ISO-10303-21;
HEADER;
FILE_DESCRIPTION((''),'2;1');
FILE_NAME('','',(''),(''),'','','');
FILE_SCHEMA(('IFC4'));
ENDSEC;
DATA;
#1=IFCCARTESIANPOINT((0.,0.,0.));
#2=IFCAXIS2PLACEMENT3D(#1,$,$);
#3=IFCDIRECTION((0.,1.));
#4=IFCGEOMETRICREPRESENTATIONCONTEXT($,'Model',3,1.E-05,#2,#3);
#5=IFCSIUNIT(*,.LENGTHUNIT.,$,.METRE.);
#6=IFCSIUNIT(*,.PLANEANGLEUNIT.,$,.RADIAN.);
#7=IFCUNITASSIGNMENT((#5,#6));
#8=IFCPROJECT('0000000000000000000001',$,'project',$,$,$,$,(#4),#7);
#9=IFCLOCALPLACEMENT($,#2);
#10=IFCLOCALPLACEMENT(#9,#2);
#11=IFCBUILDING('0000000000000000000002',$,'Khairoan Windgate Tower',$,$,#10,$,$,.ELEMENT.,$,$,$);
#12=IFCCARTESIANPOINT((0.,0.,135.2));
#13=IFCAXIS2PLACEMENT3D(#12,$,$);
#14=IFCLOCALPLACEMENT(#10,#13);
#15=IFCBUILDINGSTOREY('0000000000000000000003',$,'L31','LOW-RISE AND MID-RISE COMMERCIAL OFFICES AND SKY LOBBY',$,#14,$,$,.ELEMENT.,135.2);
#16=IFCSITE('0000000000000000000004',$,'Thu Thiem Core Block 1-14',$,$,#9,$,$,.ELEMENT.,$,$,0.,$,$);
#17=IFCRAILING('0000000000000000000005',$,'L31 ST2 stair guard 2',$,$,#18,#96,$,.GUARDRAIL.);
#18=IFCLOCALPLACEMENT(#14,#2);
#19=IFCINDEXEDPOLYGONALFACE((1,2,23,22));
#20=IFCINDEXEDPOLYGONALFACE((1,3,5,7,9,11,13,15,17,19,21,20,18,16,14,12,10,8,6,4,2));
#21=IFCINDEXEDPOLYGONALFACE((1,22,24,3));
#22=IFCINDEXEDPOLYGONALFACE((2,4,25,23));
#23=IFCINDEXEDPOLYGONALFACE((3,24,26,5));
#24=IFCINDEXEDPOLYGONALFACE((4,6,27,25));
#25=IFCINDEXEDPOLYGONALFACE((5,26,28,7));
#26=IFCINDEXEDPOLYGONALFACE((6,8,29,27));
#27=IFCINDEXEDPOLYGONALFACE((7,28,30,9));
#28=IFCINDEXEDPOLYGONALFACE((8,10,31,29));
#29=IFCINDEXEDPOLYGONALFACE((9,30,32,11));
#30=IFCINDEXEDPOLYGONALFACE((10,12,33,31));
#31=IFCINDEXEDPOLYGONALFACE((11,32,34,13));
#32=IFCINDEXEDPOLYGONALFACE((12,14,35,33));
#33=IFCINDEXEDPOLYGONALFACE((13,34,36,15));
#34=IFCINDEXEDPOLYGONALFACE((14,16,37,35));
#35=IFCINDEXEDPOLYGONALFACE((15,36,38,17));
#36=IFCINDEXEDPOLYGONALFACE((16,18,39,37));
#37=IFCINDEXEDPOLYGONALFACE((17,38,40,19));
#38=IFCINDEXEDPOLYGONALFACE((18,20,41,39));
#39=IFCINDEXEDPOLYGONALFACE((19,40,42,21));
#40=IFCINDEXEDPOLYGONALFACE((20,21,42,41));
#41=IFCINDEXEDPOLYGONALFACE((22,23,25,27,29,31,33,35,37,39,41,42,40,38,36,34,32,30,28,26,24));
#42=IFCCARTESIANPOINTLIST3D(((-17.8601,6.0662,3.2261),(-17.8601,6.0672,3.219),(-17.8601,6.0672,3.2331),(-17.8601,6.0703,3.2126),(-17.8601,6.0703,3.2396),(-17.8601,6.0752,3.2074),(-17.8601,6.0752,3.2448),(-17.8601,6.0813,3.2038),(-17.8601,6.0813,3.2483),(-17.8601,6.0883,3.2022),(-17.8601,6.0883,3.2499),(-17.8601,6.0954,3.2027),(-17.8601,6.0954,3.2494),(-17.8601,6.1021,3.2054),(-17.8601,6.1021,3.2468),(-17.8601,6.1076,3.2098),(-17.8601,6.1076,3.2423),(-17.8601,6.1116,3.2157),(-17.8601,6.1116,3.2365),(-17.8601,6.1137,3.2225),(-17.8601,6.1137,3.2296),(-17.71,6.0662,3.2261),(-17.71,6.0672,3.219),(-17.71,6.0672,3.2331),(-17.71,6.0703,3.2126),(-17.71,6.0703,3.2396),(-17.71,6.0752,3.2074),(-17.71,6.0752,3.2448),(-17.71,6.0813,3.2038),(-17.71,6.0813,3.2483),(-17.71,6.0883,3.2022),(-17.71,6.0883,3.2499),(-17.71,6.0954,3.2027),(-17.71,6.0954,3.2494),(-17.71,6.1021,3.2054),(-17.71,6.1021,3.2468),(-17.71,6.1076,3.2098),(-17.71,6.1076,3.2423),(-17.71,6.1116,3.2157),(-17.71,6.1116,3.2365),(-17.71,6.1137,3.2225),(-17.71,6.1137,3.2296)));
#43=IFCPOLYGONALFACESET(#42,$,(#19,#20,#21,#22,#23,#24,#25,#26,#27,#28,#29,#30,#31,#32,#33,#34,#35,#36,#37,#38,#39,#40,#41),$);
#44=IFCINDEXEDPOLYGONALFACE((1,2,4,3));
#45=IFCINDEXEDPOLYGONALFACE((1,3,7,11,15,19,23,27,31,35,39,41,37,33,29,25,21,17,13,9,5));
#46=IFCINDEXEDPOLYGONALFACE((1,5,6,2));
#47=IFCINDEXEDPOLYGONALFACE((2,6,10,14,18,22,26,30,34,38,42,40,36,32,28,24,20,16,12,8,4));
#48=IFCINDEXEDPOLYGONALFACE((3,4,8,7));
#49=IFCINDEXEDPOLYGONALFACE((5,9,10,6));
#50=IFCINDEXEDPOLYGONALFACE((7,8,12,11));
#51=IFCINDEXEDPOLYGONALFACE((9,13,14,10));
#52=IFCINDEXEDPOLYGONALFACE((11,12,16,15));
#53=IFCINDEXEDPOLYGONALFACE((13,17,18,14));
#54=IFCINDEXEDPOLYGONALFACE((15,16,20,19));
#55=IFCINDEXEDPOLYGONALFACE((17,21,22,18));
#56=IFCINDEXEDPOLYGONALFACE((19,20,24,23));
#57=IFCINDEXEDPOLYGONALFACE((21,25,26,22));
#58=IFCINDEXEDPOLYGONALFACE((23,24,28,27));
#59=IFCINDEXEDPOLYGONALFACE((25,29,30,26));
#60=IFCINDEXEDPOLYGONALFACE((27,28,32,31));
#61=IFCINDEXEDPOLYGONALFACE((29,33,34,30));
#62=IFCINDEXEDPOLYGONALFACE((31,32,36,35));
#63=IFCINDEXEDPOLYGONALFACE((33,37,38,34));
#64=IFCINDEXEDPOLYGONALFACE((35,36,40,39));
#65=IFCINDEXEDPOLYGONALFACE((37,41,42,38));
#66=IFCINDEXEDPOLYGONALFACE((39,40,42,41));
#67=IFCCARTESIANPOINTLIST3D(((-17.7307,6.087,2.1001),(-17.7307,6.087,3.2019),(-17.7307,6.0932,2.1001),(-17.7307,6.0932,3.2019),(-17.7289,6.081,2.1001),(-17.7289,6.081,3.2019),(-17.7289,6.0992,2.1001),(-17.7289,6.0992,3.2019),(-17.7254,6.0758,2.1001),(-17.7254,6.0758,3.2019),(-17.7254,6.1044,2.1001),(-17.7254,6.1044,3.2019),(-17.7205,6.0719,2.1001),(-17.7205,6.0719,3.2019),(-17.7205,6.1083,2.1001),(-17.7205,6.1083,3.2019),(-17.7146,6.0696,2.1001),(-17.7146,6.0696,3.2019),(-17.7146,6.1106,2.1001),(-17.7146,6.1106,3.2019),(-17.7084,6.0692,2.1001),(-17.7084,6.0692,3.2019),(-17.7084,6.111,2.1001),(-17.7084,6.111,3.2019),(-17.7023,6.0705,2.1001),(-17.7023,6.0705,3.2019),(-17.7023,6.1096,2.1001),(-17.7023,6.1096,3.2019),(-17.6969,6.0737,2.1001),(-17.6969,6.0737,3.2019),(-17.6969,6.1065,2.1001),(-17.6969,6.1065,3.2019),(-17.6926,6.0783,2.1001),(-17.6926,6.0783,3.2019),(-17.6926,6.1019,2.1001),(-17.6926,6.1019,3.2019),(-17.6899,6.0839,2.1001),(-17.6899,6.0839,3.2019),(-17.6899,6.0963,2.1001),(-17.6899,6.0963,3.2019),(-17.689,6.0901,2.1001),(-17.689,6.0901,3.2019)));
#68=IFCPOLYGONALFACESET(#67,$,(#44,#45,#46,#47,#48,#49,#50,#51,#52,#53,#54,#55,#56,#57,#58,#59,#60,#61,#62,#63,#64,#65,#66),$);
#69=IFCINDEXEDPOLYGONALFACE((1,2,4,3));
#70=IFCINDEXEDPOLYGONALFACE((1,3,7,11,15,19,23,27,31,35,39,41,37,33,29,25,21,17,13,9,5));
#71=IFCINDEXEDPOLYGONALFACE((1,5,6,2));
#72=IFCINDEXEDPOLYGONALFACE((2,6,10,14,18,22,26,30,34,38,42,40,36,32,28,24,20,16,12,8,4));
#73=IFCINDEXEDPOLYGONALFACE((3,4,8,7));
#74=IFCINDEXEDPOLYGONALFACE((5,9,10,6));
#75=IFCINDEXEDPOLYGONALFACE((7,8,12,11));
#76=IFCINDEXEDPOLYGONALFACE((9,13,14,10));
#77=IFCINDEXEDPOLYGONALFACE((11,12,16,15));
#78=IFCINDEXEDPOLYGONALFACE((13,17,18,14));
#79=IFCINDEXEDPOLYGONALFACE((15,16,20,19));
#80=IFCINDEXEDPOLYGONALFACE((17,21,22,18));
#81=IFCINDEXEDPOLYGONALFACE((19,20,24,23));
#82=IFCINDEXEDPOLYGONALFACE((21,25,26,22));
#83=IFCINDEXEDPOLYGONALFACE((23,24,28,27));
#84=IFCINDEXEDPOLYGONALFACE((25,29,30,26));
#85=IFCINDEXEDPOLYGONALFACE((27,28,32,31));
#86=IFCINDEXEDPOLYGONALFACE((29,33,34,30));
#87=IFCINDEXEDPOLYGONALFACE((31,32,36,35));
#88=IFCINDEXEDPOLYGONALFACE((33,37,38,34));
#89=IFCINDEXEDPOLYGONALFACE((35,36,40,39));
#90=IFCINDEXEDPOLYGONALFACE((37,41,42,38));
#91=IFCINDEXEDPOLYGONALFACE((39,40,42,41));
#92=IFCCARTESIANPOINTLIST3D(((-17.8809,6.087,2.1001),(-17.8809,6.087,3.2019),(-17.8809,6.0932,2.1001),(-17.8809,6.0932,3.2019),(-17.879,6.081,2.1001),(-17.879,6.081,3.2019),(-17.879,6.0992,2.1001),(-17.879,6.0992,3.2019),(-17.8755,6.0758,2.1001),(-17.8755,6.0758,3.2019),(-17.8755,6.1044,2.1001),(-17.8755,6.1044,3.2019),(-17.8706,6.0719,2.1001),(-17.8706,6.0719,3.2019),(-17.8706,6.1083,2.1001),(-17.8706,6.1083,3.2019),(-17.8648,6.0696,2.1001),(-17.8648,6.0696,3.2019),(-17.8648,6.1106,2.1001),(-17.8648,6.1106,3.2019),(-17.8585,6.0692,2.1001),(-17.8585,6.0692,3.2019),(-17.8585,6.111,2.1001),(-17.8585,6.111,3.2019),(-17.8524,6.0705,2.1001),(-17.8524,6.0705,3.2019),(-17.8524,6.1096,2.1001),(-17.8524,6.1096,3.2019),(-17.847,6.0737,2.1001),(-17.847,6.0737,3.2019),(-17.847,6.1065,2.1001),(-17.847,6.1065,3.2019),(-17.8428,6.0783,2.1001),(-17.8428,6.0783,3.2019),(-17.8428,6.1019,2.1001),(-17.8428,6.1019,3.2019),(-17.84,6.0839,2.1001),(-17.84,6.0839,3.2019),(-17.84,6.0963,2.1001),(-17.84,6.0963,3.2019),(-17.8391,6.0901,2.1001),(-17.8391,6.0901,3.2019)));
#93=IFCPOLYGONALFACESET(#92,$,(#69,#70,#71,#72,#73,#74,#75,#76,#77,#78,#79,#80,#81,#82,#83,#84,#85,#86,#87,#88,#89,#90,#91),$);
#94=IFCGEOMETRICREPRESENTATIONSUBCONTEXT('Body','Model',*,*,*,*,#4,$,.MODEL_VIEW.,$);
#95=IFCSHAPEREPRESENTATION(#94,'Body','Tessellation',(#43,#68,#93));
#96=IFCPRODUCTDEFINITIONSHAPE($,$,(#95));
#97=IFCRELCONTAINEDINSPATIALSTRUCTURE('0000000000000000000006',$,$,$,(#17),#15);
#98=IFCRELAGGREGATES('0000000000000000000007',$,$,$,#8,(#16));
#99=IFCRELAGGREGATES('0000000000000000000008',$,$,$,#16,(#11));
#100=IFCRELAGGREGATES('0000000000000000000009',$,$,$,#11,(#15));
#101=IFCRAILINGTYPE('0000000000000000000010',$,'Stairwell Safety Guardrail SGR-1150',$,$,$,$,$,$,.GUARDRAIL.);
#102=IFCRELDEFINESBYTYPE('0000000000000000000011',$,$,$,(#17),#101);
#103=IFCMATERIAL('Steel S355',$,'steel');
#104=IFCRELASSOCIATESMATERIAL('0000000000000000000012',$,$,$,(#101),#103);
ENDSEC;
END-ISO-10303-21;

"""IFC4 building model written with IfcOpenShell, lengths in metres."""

from ifc_helpers import new_model, si_unit, direction, frame, origin, origin_2d, place, context, subcontext, project, spatial, circle, extrude, material, type_object, element, save


model = new_model("IFC4")

# Units and contexts
model_context = context("Model", 3, precision=1e-05, world=origin(), true_north=direction((0.0, 1.0)))
body_context = subcontext(model_context, "Body", "Model", "MODEL_VIEW")
ifc_project = project(units=[si_unit("LENGTHUNIT", "METRE"), si_unit("PLANEANGLEUNIT", "RADIAN")], contexts=[model_context])

# Site, building, storey
site_placement = place(None, origin())
site = spatial("IfcSite", under=ifc_project, at=site_placement, Name="Thu Thiem Core Block 1-14", CompositionType="ELEMENT", RefElevation=0.0)
building_placement = place(site_placement, origin())
building = spatial("IfcBuilding", under=site, at=building_placement, Name="Khairoan Windgate Tower", CompositionType="ELEMENT")
storey_placement = place(building_placement, frame((0.0, 0.0, 135.2)))
storey = spatial("IfcBuildingStorey", under=building, at=storey_placement, Name="L31", Description="LOW-RISE AND MID-RISE COMMERCIAL OFFICES AND SKY LOBBY", CompositionType="ELEMENT", Elevation=135.2)

# Railing
ifc_material_1 = material(Name="Steel S355", Category="steel")
railing_type_1 = type_object("IfcRailingType", Name="Stairwell Safety Guardrail SGR-1150", PredefinedType="GUARDRAIL", material=ifc_material_1)
railing_1_placement = place(storey_placement, frame((-17.71, 6.0901, 2.1001)))
element("IfcRailing", 1, at=railing_1_placement, inside=storey, type_object=railing_type_1, Name="L31 ST2 stair guard 2", PredefinedType="GUARDRAIL", context=body_context, shape_type="SweptSolid", body=[
    extrude(circle(Radius=0.0239, at=origin_2d()), frame((0.0, 0.0, 1.126), z_axis=(-1.0, 0.0, 0.0), x_axis=(0.0, -1.0, 0.0)), (0.0, 0.0, 1.0), 0.1501),
    extrude(circle(Radius=0.021, at=origin_2d()), origin(), (0.0, 0.0, 1.0), 1.1018),
    extrude(circle(Radius=0.021, at=origin_2d()), frame((-0.1501, 0.0, 0.0)), (0.0, 0.0, 1.0), 1.1018),
])

save(model, "model.ifc")
